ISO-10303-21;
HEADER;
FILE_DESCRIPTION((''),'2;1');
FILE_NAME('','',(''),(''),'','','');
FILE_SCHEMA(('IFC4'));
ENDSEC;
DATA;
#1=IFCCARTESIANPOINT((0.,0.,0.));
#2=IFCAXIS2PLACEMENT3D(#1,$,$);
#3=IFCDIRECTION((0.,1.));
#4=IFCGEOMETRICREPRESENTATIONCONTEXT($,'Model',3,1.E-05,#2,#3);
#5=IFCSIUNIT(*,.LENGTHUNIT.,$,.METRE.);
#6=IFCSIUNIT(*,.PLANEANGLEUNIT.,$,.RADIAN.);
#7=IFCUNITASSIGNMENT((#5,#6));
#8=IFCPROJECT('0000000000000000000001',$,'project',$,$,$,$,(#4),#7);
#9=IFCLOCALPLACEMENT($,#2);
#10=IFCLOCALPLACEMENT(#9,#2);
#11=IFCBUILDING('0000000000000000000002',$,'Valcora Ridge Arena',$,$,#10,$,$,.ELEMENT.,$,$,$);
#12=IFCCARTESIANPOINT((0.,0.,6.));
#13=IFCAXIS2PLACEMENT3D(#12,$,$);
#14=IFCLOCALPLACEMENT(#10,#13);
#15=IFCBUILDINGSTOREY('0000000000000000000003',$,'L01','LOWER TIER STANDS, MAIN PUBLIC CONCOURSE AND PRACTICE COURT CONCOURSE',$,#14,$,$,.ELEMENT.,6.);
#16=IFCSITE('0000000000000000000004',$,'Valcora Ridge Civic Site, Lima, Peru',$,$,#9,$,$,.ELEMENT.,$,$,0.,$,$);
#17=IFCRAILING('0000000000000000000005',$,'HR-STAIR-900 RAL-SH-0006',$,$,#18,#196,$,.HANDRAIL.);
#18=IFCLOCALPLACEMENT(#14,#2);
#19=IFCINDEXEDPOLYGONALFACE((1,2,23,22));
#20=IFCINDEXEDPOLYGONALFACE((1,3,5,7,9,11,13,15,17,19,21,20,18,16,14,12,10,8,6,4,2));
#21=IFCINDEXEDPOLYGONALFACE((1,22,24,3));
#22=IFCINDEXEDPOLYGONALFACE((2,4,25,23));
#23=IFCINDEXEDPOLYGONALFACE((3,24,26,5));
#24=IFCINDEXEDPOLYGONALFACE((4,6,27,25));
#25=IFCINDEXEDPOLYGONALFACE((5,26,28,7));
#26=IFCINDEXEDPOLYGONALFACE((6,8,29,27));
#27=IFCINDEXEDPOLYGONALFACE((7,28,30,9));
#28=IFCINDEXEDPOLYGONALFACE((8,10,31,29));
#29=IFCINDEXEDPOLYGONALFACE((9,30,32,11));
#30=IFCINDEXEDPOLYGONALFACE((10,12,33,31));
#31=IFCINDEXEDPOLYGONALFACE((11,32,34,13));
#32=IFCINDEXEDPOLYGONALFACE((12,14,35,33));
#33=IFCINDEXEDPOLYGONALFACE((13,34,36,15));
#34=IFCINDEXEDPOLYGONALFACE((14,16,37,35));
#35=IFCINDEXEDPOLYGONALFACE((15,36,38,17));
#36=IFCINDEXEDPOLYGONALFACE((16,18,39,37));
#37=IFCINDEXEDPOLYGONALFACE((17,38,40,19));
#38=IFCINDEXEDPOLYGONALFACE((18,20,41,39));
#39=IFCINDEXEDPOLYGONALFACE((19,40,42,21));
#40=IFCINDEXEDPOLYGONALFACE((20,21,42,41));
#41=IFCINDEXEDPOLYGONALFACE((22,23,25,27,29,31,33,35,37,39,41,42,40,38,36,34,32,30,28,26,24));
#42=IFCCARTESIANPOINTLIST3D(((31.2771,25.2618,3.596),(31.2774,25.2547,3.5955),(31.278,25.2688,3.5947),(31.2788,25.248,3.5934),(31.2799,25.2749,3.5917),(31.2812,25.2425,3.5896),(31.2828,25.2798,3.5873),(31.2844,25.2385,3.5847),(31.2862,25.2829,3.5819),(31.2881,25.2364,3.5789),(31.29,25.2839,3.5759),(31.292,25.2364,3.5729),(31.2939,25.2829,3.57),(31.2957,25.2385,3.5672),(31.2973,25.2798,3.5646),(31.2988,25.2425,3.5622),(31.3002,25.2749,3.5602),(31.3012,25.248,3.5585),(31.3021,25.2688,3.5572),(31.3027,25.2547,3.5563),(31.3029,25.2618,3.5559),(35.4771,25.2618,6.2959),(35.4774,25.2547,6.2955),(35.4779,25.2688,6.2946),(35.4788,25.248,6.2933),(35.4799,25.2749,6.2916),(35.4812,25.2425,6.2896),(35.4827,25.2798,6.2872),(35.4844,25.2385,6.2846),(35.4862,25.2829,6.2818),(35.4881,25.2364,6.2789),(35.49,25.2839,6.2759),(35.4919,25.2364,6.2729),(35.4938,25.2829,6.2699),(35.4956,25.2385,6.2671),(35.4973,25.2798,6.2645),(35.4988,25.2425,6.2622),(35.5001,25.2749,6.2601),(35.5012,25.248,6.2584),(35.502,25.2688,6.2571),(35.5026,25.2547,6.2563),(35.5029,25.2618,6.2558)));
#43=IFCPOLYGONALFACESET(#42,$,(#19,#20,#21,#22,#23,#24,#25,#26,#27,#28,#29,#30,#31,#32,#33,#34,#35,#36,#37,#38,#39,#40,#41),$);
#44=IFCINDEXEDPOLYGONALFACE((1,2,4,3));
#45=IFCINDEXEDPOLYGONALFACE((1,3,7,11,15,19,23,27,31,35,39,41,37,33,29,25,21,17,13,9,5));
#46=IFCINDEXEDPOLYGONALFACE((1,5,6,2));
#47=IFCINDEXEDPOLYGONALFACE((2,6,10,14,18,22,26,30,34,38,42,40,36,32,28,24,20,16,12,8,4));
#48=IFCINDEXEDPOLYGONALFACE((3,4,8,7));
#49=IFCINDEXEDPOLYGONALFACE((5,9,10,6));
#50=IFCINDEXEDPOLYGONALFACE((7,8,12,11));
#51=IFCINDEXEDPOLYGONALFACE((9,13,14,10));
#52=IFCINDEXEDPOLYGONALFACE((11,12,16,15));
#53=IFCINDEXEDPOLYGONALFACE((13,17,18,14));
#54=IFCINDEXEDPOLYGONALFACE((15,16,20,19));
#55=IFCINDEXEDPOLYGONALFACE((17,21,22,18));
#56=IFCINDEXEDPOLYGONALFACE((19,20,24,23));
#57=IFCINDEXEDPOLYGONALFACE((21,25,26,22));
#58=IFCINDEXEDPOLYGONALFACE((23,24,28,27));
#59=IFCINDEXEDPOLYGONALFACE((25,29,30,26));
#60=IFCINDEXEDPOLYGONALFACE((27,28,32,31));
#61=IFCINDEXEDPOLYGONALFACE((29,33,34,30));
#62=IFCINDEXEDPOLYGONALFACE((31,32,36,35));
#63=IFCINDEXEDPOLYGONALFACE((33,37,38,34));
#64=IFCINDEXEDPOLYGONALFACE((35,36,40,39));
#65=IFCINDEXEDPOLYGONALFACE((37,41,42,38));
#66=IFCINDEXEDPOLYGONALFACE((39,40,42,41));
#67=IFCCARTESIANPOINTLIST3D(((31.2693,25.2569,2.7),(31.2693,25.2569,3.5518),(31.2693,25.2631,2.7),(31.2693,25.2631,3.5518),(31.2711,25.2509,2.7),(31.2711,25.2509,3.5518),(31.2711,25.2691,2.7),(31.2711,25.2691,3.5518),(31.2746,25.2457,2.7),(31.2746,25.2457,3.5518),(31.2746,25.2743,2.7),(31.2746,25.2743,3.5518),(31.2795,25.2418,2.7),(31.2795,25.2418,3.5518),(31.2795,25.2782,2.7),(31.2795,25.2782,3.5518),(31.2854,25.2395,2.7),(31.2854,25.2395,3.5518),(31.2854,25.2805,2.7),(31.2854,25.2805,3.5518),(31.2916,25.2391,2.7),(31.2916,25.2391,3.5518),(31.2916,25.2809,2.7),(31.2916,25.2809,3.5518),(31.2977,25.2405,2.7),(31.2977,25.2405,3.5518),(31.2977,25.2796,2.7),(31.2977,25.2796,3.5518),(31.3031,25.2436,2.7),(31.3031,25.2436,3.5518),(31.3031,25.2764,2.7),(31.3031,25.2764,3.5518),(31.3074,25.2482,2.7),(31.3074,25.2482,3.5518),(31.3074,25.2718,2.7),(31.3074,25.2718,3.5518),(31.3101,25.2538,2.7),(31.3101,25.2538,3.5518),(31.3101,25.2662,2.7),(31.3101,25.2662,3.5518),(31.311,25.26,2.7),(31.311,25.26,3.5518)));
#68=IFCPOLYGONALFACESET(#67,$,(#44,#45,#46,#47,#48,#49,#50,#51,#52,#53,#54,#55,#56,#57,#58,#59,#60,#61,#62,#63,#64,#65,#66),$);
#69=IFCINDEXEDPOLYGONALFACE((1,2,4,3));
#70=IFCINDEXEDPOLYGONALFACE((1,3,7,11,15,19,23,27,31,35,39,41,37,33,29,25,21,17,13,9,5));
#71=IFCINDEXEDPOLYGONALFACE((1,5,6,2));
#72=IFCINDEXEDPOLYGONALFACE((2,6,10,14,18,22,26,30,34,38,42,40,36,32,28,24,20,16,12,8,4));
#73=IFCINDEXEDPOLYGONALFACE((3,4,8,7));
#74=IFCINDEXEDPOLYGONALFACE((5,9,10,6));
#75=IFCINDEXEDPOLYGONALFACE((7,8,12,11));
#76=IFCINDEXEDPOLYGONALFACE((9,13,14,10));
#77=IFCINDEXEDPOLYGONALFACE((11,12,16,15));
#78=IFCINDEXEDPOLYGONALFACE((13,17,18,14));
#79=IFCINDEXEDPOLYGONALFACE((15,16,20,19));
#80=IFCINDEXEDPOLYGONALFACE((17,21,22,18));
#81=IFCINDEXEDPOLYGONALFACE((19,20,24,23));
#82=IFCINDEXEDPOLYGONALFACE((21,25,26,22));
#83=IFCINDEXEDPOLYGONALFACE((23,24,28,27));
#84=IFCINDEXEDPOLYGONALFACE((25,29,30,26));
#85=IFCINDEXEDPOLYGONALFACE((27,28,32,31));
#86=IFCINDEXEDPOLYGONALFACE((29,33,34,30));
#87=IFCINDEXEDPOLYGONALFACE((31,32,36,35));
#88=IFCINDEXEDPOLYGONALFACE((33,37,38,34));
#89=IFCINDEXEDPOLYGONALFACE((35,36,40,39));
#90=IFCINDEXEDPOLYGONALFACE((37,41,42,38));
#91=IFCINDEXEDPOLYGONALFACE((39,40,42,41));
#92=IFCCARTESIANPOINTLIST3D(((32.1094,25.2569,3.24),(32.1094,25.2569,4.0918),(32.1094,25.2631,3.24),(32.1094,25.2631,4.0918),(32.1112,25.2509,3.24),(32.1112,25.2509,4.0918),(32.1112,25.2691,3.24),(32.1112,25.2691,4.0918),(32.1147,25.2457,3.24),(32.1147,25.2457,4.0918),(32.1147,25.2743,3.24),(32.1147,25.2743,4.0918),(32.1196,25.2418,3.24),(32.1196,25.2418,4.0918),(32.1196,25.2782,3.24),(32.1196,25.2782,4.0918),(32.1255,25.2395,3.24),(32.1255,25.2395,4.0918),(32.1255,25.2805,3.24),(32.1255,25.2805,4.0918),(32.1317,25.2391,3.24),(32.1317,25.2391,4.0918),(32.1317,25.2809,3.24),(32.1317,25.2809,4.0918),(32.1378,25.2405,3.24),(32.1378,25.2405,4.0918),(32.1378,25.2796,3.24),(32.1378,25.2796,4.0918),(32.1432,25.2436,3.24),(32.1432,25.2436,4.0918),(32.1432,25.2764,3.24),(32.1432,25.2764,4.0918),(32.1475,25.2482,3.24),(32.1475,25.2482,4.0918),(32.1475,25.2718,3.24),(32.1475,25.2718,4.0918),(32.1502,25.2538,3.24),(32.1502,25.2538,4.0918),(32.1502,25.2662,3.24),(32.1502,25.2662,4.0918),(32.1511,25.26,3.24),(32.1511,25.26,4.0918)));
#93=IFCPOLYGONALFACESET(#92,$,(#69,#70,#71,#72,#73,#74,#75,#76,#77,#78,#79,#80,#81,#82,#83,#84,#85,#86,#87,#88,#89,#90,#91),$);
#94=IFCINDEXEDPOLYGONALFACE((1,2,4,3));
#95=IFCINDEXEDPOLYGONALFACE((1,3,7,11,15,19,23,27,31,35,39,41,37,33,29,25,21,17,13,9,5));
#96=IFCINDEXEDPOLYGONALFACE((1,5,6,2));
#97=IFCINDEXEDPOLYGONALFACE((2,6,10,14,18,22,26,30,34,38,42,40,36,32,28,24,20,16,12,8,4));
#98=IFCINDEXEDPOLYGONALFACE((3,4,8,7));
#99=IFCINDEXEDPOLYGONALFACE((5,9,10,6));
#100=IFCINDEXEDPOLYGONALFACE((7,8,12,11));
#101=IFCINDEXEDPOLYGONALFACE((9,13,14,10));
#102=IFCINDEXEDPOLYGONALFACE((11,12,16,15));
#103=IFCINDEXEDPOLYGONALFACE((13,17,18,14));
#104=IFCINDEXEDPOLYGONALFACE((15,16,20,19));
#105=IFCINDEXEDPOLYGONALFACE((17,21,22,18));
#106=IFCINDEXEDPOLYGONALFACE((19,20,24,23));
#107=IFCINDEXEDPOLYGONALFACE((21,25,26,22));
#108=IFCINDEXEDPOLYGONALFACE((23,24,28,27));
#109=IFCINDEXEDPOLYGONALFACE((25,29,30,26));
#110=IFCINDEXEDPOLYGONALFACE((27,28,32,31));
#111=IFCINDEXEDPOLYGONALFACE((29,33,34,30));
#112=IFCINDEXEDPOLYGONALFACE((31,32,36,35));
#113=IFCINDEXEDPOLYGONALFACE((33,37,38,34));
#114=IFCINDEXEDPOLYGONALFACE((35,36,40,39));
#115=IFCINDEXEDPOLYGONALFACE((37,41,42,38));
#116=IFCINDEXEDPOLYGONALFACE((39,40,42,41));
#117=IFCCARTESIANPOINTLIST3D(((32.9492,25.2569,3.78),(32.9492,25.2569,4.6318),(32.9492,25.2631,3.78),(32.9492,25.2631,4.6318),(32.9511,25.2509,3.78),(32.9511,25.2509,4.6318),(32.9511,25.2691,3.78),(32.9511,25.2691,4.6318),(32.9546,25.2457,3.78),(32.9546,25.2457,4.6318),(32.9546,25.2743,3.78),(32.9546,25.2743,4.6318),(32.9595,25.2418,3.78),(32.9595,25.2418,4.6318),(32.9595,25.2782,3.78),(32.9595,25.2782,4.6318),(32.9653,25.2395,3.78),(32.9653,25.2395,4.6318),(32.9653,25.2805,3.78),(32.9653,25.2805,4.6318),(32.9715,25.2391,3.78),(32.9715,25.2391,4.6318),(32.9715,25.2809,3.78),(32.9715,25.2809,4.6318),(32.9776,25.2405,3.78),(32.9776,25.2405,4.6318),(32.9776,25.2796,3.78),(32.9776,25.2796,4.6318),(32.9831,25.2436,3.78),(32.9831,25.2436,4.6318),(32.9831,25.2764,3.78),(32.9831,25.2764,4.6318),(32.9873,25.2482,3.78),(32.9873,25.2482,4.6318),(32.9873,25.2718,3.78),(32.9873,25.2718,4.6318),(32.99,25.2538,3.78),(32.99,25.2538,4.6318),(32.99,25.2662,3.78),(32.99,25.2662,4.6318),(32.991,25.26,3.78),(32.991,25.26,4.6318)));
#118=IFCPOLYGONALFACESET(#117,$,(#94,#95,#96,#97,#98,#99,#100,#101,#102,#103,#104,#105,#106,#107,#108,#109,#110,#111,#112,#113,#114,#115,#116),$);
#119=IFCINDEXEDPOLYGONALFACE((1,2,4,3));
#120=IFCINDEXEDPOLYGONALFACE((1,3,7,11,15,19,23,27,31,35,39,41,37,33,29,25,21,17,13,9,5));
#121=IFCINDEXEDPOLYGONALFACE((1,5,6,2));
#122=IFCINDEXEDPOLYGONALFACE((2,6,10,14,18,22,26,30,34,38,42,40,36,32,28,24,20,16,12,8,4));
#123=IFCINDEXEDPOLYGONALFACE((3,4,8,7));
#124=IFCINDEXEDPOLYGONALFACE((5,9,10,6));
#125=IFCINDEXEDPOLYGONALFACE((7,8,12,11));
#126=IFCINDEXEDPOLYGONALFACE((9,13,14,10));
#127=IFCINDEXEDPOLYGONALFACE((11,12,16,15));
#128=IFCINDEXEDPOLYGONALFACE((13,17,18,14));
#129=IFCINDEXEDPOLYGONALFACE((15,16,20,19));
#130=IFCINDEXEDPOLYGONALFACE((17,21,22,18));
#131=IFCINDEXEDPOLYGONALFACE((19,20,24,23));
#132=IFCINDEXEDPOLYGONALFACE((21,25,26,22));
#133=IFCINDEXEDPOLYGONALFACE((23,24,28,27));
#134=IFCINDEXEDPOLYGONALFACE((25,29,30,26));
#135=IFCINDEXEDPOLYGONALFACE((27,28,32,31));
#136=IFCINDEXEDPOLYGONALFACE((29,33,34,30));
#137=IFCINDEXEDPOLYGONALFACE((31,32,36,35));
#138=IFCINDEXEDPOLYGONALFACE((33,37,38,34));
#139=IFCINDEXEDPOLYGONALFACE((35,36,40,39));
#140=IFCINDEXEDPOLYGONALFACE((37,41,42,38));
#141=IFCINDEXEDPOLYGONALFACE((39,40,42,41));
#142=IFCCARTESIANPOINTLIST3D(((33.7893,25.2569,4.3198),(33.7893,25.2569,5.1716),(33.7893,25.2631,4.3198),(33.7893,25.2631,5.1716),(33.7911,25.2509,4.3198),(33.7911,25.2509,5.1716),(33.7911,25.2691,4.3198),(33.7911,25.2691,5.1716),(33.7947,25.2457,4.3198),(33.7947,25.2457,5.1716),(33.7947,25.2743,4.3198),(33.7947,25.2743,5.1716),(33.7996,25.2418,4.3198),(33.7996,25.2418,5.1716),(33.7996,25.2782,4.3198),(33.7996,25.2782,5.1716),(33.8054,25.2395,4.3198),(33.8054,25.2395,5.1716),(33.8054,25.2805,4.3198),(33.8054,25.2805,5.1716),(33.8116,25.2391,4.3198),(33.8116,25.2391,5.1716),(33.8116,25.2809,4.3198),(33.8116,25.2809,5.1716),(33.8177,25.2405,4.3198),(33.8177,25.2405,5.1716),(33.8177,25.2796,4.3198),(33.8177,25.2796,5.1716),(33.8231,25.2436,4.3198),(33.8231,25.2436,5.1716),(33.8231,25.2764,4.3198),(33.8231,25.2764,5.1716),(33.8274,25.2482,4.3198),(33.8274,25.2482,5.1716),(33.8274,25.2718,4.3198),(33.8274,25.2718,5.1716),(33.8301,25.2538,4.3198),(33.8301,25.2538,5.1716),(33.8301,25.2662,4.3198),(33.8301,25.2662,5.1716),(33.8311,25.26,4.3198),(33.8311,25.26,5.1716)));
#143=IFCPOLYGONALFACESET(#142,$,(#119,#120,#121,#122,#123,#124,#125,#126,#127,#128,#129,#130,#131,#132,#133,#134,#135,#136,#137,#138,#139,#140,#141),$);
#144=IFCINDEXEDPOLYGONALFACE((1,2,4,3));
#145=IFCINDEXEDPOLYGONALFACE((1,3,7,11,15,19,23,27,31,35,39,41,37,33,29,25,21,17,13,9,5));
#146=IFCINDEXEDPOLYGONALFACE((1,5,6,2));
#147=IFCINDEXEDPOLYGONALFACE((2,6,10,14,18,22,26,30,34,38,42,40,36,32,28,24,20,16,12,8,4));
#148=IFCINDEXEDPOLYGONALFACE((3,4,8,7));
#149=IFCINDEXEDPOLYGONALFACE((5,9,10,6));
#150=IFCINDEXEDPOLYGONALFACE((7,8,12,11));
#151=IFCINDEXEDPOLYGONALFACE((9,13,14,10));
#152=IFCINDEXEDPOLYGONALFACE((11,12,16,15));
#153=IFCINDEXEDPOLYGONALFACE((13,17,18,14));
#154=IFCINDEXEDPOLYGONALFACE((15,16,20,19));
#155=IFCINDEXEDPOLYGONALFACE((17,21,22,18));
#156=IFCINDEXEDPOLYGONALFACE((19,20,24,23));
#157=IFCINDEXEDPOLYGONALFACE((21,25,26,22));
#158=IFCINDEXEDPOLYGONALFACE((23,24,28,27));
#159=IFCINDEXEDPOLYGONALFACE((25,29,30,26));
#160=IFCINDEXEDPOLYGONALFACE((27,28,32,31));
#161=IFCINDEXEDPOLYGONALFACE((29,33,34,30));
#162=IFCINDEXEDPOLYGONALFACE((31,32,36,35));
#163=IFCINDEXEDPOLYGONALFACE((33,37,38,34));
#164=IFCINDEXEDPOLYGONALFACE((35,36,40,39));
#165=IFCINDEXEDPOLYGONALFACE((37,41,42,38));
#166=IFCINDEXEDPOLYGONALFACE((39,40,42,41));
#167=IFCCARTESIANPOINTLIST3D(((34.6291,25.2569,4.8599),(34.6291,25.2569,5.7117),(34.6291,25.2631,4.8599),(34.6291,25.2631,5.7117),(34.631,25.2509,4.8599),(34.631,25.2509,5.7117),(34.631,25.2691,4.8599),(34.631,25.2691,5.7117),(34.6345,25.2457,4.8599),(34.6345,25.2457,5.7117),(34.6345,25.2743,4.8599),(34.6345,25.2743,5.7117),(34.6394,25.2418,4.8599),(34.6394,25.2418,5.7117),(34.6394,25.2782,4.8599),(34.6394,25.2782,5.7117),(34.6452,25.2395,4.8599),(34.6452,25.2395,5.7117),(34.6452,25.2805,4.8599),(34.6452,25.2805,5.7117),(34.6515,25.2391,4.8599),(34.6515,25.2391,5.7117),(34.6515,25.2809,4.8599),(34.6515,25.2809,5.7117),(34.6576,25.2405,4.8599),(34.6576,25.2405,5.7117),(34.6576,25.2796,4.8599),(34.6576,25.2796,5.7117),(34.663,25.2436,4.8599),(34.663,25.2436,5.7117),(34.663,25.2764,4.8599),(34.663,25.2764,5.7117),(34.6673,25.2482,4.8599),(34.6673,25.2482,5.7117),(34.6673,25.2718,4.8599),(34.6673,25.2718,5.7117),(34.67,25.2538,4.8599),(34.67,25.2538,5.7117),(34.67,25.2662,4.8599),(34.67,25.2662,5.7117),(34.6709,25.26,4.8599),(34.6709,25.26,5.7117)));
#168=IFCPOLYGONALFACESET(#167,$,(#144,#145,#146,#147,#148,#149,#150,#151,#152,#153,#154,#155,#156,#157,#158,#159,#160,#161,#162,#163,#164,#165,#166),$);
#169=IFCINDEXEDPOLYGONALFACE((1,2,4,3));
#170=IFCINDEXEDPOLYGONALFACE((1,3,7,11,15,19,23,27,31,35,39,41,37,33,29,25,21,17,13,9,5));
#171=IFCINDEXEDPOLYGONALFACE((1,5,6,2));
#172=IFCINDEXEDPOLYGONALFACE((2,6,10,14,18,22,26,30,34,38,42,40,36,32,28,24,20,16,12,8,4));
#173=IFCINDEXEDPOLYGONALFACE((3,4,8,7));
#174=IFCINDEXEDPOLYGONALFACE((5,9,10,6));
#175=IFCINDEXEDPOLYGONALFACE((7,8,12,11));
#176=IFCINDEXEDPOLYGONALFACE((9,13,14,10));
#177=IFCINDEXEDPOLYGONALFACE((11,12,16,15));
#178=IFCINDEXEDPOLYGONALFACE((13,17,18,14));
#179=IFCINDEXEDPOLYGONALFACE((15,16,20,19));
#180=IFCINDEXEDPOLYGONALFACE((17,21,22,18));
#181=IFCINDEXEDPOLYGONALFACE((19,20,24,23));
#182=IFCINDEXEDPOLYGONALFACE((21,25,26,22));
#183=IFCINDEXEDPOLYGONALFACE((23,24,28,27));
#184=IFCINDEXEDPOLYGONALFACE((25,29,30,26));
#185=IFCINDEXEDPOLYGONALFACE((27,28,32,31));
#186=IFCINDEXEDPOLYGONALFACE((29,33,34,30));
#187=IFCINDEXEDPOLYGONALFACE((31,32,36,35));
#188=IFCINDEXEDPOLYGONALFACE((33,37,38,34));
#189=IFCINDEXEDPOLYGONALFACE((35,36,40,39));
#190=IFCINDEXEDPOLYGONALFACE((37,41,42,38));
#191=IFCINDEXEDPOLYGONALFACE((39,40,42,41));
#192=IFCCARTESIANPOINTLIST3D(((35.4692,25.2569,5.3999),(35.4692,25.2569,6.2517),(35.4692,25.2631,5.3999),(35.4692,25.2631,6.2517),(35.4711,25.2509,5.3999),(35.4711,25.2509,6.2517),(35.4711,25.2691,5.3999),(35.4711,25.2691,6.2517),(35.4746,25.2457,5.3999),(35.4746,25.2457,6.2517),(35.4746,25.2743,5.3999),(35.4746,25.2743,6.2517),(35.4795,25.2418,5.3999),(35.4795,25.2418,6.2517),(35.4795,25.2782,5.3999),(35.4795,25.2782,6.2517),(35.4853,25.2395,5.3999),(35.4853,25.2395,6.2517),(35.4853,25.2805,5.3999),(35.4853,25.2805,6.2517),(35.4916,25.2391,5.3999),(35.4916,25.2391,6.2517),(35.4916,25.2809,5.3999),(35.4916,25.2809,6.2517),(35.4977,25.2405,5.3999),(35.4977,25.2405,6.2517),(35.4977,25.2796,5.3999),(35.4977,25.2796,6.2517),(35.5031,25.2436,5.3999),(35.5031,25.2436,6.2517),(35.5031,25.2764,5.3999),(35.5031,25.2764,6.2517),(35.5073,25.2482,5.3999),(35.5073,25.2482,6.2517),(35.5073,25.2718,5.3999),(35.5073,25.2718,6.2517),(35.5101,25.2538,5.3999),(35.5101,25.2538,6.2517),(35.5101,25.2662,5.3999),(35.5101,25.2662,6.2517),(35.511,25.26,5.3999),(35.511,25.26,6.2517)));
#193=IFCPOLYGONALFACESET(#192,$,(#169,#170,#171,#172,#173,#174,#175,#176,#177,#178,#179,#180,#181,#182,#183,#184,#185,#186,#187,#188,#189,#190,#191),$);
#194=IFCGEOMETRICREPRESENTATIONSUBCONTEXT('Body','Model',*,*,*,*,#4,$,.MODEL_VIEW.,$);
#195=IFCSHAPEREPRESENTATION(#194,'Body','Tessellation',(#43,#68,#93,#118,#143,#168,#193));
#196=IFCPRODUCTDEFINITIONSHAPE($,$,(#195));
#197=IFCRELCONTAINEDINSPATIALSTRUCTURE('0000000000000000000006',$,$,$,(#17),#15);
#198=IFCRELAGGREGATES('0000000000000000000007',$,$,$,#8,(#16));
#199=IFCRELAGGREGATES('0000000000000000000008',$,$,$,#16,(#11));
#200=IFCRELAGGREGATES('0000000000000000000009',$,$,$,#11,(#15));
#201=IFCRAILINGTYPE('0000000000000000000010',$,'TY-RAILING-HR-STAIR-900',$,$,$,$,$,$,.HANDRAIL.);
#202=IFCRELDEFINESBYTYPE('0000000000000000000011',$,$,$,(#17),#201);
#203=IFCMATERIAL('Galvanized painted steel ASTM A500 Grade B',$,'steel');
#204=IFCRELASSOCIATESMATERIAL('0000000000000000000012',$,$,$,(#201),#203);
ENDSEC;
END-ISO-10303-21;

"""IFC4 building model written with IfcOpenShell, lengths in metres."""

from ifc_helpers import new_model, si_unit, direction, frame, origin, origin_2d, place, context, subcontext, project, spatial, circle, extrude, material, type_object, element, save


model = new_model("IFC4")

# Units and contexts
model_context = context("Model", 3, precision=1e-05, world=origin(), true_north=direction((0.0, 1.0)))
body_context = subcontext(model_context, "Body", "Model", "MODEL_VIEW")
ifc_project = project(units=[si_unit("LENGTHUNIT", "METRE"), si_unit("PLANEANGLEUNIT", "RADIAN")], contexts=[model_context])

# Site, building, storey
site_placement = place(None, origin())
site = spatial("IfcSite", under=ifc_project, at=site_placement, Name="Valcora Ridge Civic Site, Lima, Peru", CompositionType="ELEMENT", RefElevation=0.0)
building_placement = place(site_placement, origin())
building = spatial("IfcBuilding", under=site, at=building_placement, Name="Valcora Ridge Arena", CompositionType="ELEMENT")
storey_placement = place(building_placement, frame((0.0, 0.0, 6.0)))
storey = spatial("IfcBuildingStorey", under=building, at=storey_placement, Name="L01", Description="LOWER TIER STANDS, MAIN PUBLIC CONCOURSE AND PRACTICE COURT CONCOURSE", CompositionType="ELEMENT", Elevation=6.0)

# Railing
ifc_material_1 = material(Name="Galvanized painted steel ASTM A500 Grade B", Category="steel")
railing_type_1 = type_object("IfcRailingType", Name="TY-RAILING-HR-STAIR-900", PredefinedType="HANDRAIL", material=ifc_material_1)
railing_1_placement = place(storey_placement, frame((31.29, 25.26, 2.7)))
element("IfcRailing", 1, at=railing_1_placement, inside=storey, type_object=railing_type_1, Name="HR-STAIR-900 RAL-SH-0006", PredefinedType="HANDRAIL", context=body_context, shape_type="SweptSolid", body=[
    extrude(circle(Radius=0.0239, at=origin_2d()), frame((0.0, 0.0, 0.876), z_axis=(0.84118, 0.0, 0.540755), x_axis=(0.0, 1.0, 0.0)), (0.0, 0.0, 1.0), 4.9929),
    extrude(circle(Radius=0.021, at=origin_2d()), origin(), (0.0, 0.0, 1.0), 0.8518),
    extrude(circle(Radius=0.021, at=origin_2d()), frame((0.8401, 0.0, 0.54)), (0.0, 0.0, 1.0), 0.8518),
    extrude(circle(Radius=0.021, at=origin_2d()), frame((1.6799, 0.0, 1.0801)), (0.0, 0.0, 1.0), 0.8518),
    extrude(circle(Radius=0.021, at=origin_2d()), frame((2.52, 0.0, 1.6199)), (0.0, 0.0, 1.0), 0.8518),
    extrude(circle(Radius=0.021, at=origin_2d()), frame((3.3599, 0.0, 2.1599)), (0.0, 0.0, 1.0), 0.8518),
    extrude(circle(Radius=0.021, at=origin_2d()), frame((4.2, 0.0, 2.7)), (0.0, 0.0, 1.0), 0.8518),
])

save(model, "model.ifc")
